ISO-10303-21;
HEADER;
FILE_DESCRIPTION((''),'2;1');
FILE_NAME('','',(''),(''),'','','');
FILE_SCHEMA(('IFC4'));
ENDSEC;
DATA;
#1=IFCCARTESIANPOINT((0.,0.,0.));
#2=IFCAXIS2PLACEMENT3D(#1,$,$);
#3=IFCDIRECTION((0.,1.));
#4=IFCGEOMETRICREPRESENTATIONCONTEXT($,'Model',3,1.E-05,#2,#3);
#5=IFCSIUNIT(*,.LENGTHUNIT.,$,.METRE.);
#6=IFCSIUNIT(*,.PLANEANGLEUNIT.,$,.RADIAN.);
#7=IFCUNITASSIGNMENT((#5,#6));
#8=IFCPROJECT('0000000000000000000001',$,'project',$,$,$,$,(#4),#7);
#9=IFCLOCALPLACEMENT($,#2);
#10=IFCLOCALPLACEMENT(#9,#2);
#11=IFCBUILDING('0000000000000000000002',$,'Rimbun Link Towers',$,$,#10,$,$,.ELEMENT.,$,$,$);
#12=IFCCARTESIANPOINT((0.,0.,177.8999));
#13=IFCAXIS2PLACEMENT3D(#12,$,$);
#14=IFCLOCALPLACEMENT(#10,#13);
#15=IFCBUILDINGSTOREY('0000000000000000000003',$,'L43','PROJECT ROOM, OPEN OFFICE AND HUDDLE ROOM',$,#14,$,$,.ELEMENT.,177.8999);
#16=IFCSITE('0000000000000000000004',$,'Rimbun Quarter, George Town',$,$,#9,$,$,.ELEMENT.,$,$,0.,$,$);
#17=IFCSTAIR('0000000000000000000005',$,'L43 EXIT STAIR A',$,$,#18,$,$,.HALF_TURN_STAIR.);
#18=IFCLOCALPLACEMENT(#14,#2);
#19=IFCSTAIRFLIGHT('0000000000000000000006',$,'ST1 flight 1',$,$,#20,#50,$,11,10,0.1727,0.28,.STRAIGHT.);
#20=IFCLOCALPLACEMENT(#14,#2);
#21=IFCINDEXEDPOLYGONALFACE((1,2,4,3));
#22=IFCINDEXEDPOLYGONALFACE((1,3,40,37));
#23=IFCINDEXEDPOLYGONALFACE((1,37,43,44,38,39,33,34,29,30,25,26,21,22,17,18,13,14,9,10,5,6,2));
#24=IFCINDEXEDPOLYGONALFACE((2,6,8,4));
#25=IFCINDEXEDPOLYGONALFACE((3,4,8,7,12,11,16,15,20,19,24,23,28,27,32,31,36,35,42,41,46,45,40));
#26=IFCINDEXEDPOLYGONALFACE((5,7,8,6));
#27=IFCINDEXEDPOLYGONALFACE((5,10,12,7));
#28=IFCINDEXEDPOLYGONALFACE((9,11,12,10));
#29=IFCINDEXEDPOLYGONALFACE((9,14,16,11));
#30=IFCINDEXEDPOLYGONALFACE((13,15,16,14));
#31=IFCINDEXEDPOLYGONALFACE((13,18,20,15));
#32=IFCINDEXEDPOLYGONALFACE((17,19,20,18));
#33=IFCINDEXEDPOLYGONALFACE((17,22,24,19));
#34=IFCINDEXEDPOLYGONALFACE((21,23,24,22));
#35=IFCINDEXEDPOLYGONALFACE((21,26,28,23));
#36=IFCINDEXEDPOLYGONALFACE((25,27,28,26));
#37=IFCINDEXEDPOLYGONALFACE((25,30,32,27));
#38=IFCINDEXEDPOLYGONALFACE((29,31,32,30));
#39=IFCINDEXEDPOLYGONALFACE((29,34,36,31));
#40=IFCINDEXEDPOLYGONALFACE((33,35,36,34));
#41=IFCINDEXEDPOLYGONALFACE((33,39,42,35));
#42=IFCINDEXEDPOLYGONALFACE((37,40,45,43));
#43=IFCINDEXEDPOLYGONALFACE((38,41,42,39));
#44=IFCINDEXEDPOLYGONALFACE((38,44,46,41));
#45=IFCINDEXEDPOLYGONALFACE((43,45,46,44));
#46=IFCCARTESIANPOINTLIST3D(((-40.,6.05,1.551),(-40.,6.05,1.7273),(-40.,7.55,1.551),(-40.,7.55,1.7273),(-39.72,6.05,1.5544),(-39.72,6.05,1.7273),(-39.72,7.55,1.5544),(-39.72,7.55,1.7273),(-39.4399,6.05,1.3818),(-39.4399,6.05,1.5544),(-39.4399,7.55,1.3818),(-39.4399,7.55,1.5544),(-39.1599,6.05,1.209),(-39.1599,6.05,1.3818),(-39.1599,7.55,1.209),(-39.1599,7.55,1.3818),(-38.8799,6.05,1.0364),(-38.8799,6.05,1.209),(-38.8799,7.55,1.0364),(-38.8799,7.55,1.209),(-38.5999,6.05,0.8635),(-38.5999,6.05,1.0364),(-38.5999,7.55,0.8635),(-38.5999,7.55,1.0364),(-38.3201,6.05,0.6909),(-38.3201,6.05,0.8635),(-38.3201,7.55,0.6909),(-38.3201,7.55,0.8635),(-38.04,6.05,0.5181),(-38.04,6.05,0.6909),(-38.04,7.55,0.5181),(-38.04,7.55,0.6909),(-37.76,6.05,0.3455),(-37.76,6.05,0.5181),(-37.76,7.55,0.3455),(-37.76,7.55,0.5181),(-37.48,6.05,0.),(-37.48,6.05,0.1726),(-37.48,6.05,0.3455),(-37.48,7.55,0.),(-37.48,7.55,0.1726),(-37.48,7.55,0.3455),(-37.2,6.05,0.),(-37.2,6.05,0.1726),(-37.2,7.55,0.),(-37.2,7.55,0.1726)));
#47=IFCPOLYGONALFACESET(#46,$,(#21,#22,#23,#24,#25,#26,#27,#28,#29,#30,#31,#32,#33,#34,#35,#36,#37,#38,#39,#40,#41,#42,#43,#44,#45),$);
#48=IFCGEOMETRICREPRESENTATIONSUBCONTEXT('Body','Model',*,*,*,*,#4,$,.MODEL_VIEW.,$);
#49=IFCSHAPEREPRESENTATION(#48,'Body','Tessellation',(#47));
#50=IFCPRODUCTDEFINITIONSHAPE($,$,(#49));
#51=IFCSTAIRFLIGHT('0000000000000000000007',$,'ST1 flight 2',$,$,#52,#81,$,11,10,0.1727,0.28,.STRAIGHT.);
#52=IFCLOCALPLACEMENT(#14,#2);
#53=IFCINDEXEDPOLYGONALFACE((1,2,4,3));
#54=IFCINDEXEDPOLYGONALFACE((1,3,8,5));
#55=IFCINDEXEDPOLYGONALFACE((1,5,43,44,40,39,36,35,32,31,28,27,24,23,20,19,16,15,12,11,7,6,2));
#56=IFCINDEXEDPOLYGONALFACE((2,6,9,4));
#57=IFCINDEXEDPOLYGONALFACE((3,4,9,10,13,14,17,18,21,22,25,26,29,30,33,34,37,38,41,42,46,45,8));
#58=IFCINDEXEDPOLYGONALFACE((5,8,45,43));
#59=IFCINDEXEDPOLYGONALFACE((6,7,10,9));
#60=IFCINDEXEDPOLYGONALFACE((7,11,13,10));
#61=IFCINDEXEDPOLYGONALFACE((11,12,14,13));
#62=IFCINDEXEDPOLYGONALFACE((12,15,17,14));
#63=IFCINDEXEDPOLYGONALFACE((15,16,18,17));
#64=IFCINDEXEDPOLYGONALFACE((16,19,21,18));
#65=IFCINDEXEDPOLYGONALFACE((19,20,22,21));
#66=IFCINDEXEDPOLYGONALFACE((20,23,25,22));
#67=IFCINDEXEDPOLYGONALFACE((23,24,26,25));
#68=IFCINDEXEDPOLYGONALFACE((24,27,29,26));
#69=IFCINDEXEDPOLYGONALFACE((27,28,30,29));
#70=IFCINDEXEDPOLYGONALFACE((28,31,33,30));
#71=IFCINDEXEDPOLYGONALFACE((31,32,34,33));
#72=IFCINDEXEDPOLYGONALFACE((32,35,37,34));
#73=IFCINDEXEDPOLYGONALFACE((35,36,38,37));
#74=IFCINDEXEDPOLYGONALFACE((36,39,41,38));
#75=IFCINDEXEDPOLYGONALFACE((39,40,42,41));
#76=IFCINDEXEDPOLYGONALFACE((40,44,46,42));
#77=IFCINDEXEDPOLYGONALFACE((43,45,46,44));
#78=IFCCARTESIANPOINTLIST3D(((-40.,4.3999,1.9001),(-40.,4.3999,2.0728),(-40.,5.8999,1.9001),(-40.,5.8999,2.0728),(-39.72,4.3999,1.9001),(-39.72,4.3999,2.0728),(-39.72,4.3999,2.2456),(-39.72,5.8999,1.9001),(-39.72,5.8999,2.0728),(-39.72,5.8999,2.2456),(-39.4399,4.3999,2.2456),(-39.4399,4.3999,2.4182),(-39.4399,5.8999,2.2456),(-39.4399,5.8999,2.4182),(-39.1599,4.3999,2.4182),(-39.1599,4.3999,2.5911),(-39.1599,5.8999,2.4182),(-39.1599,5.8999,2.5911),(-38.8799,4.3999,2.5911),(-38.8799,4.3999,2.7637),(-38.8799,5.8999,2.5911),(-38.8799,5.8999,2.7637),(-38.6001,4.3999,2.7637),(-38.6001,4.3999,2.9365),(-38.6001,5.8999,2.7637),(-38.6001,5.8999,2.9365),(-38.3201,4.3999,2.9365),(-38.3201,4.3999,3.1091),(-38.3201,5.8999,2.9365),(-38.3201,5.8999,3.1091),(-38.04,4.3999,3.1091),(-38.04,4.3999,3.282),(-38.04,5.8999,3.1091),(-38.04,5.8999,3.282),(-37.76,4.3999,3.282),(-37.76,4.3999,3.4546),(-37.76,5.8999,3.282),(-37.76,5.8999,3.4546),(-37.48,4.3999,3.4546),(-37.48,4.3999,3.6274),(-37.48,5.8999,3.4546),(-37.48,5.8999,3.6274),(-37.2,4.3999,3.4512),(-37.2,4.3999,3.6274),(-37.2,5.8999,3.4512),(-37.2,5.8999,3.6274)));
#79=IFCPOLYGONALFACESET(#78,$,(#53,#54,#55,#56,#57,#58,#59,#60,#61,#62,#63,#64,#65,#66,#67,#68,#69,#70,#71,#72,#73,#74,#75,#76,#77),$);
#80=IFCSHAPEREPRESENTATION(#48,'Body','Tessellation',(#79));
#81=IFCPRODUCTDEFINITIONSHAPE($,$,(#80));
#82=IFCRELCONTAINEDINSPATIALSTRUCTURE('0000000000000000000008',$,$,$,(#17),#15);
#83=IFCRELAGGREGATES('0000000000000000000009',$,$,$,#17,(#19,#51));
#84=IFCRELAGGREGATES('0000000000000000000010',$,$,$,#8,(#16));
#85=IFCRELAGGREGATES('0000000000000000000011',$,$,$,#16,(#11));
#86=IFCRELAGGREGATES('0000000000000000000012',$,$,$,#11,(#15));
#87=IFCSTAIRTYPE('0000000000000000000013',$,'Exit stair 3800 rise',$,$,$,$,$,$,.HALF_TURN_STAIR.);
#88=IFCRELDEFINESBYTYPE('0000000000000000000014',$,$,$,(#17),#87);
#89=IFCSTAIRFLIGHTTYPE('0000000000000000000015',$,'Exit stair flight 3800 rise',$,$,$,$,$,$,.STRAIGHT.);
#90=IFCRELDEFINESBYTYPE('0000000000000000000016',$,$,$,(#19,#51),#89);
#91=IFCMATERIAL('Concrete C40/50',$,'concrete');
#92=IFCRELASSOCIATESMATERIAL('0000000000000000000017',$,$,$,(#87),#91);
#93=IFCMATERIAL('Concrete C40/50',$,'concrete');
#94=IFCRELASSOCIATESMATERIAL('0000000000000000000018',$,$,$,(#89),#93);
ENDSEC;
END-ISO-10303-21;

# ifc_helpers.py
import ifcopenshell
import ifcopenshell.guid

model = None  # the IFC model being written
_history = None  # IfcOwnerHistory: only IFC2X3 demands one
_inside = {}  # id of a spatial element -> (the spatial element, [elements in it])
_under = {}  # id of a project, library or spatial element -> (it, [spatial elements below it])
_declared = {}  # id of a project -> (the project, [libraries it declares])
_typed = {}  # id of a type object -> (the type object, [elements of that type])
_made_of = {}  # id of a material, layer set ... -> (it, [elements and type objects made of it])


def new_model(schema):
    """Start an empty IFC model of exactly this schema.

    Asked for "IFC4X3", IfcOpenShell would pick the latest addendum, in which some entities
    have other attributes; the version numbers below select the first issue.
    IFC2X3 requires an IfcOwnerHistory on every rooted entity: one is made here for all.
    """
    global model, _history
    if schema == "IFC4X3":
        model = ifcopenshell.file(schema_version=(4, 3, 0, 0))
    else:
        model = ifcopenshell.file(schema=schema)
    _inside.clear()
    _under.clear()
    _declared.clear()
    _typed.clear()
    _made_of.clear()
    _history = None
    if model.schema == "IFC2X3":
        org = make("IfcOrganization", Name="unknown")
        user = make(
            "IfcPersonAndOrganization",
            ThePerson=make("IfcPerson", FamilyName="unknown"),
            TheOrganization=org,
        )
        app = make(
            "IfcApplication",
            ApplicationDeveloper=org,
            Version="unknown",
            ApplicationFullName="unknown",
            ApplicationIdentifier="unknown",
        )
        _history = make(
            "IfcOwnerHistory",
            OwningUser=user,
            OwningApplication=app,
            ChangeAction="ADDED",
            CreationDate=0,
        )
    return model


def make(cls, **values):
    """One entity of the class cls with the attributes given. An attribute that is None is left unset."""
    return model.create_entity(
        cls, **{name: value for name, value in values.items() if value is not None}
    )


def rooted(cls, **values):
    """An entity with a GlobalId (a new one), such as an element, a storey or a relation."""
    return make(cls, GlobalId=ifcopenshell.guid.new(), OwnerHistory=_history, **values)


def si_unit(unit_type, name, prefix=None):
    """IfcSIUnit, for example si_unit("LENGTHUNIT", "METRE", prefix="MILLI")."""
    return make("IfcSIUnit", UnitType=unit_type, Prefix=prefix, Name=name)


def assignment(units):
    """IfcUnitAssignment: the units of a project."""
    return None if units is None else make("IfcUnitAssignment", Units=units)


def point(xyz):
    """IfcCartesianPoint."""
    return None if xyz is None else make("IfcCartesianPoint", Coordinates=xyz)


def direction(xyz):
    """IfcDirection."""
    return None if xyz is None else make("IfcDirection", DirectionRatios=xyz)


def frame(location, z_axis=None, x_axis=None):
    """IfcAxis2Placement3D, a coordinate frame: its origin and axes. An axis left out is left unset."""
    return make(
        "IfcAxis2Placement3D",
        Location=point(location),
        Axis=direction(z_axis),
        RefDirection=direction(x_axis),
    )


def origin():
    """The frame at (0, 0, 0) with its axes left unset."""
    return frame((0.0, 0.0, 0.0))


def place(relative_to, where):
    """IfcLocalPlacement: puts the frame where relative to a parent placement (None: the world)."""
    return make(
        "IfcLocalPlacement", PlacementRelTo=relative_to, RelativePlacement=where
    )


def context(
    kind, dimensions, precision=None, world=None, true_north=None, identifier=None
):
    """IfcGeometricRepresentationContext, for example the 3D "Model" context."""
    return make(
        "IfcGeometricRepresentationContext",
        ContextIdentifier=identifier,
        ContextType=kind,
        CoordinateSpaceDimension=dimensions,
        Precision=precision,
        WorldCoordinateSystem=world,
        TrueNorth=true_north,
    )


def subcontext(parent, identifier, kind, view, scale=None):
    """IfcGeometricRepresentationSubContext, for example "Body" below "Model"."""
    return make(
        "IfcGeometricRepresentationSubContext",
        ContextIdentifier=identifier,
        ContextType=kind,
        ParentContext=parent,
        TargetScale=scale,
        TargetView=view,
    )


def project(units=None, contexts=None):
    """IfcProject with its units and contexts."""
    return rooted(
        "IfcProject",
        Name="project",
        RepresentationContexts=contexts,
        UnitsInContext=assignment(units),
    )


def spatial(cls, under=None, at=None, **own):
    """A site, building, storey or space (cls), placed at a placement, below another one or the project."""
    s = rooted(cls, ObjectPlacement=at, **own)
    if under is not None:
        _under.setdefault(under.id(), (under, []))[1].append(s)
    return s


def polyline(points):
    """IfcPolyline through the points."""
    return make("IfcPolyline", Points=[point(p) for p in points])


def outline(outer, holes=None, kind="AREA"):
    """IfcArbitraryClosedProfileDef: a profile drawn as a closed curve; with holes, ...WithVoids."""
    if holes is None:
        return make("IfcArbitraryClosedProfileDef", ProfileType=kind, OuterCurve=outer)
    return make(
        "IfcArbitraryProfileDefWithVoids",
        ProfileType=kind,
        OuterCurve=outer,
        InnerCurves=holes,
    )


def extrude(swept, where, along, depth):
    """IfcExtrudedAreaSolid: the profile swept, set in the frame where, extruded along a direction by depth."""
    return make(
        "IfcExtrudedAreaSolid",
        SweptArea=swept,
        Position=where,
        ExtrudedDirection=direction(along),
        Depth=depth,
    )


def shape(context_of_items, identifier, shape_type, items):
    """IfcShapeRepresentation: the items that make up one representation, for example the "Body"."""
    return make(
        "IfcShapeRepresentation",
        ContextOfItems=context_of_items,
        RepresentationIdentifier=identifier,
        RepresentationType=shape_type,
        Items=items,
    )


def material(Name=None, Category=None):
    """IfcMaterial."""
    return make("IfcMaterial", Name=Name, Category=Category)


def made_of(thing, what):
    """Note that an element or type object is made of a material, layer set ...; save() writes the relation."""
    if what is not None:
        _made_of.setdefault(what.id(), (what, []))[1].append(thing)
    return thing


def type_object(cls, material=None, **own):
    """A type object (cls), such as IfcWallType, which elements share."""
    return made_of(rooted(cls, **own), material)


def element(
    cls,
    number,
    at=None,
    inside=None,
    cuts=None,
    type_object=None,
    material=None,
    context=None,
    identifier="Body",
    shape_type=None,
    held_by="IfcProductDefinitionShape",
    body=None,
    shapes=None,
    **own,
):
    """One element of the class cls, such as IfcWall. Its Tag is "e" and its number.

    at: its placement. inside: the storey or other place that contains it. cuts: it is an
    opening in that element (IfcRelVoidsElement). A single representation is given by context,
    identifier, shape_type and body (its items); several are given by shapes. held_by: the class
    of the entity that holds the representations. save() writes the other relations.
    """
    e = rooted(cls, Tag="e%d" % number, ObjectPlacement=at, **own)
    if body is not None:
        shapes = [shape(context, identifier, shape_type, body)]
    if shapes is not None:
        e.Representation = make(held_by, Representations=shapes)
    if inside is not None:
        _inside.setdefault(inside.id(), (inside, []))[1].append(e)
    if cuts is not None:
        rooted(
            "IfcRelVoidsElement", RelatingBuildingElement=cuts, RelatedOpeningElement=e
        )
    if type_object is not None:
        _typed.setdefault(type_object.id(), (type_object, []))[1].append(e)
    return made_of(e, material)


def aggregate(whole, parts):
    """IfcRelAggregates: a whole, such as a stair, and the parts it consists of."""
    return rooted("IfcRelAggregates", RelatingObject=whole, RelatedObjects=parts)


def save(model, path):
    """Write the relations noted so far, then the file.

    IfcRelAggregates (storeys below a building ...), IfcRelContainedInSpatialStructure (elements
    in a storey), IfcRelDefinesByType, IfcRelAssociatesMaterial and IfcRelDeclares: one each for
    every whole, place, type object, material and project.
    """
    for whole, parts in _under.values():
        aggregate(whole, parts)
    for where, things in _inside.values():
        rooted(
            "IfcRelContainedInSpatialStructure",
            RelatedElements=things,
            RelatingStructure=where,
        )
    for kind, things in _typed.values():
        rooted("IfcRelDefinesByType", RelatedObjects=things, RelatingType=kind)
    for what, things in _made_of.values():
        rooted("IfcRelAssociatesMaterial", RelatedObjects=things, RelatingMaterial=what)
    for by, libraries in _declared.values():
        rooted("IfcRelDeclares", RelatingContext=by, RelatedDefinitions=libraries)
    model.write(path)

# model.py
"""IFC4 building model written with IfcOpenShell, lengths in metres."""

from ifc_helpers import new_model, si_unit, direction, frame, origin, place, context, subcontext, project, spatial, polyline, outline, extrude, material, type_object, element, aggregate, save


model = new_model("IFC4")

# Units and contexts
model_context = context("Model", 3, precision=1e-05, world=origin(), true_north=direction((0.0, 1.0)))
body_context = subcontext(model_context, "Body", "Model", "MODEL_VIEW")
ifc_project = project(units=[si_unit("LENGTHUNIT", "METRE"), si_unit("PLANEANGLEUNIT", "RADIAN")], contexts=[model_context])

# Site, building, storey
site_placement = place(None, origin())
site = spatial("IfcSite", under=ifc_project, at=site_placement, Name="Rimbun Quarter, George Town", CompositionType="ELEMENT", RefElevation=0.0)
building_placement = place(site_placement, origin())
building = spatial("IfcBuilding", under=site, at=building_placement, Name="Rimbun Link Towers", CompositionType="ELEMENT")
storey_placement = place(building_placement, frame((0.0, 0.0, 177.8999)))
storey = spatial("IfcBuildingStorey", under=building, at=storey_placement, Name="L43", Description="PROJECT ROOM, OPEN OFFICE AND HUDDLE ROOM", CompositionType="ELEMENT", Elevation=177.8999)

# Stair, stair flights
ifc_material_1 = material(Name="Concrete C40/50", Category="concrete")
stair_type = type_object("IfcStairType", Name="Exit stair 3800 rise", PredefinedType="HALF_TURN_STAIR", material=ifc_material_1)
stair_placement = place(storey_placement, origin())
stair = element("IfcStair", 1, at=stair_placement, inside=storey, type_object=stair_type, Name="L43 EXIT STAIR A", PredefinedType="HALF_TURN_STAIR")
ifc_material_2 = material(Name="Concrete C40/50", Category="concrete")
stair_flight_type = type_object("IfcStairFlightType", Name="Exit stair flight 3800 rise", PredefinedType="STRAIGHT", material=ifc_material_2)
stair_flight_1_placement = place(storey_placement, frame((-37.2, 6.8, 0.0), z_axis=(0.0, 0.0, 1.0), x_axis=(-1.0, 0.0, 0.0)))
stair_flight_1 = element("IfcStairFlight", 2, at=stair_flight_1_placement, type_object=stair_flight_type, Name="ST1 flight 1", NumberOfRisers=11, NumberOfTreads=10, PredefinedType="STRAIGHT", RiserHeight=0.1727, TreadLength=0.28, context=body_context, shape_type="SweptSolid", body=[
    extrude(outline(polyline([(0.0, 0.0), (0.0, 0.1726), (0.28, 0.1726), (0.28, 0.3455), (0.5601, 0.3455), (0.5601, 0.5181), (0.8401, 0.5181), (0.8401, 0.6909), (1.1201, 0.6909), (1.1201, 0.8635), (1.3999, 0.8635), (1.3999, 1.0364), (1.6799, 1.0364), (1.6799, 1.209), (1.96, 1.209), (1.96, 1.3818), (2.24, 1.3818), (2.24, 1.5544), (2.52, 1.5544), (2.52, 1.7273), (2.8, 1.7273), (2.8, 1.8999), (2.8, 1.551), (0.28, 0.0), (0.0, 0.0)])), frame((0.0, 0.75, 0.0), z_axis=(0.0, -1.0, 0.0), x_axis=(1.0, 0.0, 0.0)), (0.0, 0.0, 1.0), 1.5),
])
stair_flight_2_placement = place(storey_placement, frame((-40.0, 5.1499, 1.9001), z_axis=(0.0, 0.0, 1.0), x_axis=(1.0, 0.0, 0.0)))
stair_flight_2 = element("IfcStairFlight", 3, at=stair_flight_2_placement, type_object=stair_flight_type, Name="ST1 flight 2", NumberOfRisers=11, NumberOfTreads=10, PredefinedType="STRAIGHT", RiserHeight=0.1727, TreadLength=0.28, context=body_context, shape_type="SweptSolid", body=[
    extrude(outline(polyline([(0.0, 0.0), (0.0, 0.1726), (0.28, 0.1726), (0.28, 0.3455), (0.5601, 0.3455), (0.5601, 0.5181), (0.8401, 0.5181), (0.8401, 0.6909), (1.1201, 0.6909), (1.1201, 0.8635), (1.3999, 0.8635), (1.3999, 1.0364), (1.6799, 1.0364), (1.6799, 1.209), (1.96, 1.209), (1.96, 1.3818), (2.24, 1.3818), (2.24, 1.5544), (2.52, 1.5544), (2.52, 1.7273), (2.8, 1.7273), (2.8, 1.8999), (2.8, 1.551), (0.28, 0.0), (0.0, 0.0)])), frame((0.0, 0.75, 0.0), z_axis=(0.0, -1.0, 0.0), x_axis=(1.0, 0.0, 0.0)), (0.0, 0.0, 1.0), 1.5),
])
aggregate(stair, [stair_flight_1, stair_flight_2])

save(model, "model.ifc")
